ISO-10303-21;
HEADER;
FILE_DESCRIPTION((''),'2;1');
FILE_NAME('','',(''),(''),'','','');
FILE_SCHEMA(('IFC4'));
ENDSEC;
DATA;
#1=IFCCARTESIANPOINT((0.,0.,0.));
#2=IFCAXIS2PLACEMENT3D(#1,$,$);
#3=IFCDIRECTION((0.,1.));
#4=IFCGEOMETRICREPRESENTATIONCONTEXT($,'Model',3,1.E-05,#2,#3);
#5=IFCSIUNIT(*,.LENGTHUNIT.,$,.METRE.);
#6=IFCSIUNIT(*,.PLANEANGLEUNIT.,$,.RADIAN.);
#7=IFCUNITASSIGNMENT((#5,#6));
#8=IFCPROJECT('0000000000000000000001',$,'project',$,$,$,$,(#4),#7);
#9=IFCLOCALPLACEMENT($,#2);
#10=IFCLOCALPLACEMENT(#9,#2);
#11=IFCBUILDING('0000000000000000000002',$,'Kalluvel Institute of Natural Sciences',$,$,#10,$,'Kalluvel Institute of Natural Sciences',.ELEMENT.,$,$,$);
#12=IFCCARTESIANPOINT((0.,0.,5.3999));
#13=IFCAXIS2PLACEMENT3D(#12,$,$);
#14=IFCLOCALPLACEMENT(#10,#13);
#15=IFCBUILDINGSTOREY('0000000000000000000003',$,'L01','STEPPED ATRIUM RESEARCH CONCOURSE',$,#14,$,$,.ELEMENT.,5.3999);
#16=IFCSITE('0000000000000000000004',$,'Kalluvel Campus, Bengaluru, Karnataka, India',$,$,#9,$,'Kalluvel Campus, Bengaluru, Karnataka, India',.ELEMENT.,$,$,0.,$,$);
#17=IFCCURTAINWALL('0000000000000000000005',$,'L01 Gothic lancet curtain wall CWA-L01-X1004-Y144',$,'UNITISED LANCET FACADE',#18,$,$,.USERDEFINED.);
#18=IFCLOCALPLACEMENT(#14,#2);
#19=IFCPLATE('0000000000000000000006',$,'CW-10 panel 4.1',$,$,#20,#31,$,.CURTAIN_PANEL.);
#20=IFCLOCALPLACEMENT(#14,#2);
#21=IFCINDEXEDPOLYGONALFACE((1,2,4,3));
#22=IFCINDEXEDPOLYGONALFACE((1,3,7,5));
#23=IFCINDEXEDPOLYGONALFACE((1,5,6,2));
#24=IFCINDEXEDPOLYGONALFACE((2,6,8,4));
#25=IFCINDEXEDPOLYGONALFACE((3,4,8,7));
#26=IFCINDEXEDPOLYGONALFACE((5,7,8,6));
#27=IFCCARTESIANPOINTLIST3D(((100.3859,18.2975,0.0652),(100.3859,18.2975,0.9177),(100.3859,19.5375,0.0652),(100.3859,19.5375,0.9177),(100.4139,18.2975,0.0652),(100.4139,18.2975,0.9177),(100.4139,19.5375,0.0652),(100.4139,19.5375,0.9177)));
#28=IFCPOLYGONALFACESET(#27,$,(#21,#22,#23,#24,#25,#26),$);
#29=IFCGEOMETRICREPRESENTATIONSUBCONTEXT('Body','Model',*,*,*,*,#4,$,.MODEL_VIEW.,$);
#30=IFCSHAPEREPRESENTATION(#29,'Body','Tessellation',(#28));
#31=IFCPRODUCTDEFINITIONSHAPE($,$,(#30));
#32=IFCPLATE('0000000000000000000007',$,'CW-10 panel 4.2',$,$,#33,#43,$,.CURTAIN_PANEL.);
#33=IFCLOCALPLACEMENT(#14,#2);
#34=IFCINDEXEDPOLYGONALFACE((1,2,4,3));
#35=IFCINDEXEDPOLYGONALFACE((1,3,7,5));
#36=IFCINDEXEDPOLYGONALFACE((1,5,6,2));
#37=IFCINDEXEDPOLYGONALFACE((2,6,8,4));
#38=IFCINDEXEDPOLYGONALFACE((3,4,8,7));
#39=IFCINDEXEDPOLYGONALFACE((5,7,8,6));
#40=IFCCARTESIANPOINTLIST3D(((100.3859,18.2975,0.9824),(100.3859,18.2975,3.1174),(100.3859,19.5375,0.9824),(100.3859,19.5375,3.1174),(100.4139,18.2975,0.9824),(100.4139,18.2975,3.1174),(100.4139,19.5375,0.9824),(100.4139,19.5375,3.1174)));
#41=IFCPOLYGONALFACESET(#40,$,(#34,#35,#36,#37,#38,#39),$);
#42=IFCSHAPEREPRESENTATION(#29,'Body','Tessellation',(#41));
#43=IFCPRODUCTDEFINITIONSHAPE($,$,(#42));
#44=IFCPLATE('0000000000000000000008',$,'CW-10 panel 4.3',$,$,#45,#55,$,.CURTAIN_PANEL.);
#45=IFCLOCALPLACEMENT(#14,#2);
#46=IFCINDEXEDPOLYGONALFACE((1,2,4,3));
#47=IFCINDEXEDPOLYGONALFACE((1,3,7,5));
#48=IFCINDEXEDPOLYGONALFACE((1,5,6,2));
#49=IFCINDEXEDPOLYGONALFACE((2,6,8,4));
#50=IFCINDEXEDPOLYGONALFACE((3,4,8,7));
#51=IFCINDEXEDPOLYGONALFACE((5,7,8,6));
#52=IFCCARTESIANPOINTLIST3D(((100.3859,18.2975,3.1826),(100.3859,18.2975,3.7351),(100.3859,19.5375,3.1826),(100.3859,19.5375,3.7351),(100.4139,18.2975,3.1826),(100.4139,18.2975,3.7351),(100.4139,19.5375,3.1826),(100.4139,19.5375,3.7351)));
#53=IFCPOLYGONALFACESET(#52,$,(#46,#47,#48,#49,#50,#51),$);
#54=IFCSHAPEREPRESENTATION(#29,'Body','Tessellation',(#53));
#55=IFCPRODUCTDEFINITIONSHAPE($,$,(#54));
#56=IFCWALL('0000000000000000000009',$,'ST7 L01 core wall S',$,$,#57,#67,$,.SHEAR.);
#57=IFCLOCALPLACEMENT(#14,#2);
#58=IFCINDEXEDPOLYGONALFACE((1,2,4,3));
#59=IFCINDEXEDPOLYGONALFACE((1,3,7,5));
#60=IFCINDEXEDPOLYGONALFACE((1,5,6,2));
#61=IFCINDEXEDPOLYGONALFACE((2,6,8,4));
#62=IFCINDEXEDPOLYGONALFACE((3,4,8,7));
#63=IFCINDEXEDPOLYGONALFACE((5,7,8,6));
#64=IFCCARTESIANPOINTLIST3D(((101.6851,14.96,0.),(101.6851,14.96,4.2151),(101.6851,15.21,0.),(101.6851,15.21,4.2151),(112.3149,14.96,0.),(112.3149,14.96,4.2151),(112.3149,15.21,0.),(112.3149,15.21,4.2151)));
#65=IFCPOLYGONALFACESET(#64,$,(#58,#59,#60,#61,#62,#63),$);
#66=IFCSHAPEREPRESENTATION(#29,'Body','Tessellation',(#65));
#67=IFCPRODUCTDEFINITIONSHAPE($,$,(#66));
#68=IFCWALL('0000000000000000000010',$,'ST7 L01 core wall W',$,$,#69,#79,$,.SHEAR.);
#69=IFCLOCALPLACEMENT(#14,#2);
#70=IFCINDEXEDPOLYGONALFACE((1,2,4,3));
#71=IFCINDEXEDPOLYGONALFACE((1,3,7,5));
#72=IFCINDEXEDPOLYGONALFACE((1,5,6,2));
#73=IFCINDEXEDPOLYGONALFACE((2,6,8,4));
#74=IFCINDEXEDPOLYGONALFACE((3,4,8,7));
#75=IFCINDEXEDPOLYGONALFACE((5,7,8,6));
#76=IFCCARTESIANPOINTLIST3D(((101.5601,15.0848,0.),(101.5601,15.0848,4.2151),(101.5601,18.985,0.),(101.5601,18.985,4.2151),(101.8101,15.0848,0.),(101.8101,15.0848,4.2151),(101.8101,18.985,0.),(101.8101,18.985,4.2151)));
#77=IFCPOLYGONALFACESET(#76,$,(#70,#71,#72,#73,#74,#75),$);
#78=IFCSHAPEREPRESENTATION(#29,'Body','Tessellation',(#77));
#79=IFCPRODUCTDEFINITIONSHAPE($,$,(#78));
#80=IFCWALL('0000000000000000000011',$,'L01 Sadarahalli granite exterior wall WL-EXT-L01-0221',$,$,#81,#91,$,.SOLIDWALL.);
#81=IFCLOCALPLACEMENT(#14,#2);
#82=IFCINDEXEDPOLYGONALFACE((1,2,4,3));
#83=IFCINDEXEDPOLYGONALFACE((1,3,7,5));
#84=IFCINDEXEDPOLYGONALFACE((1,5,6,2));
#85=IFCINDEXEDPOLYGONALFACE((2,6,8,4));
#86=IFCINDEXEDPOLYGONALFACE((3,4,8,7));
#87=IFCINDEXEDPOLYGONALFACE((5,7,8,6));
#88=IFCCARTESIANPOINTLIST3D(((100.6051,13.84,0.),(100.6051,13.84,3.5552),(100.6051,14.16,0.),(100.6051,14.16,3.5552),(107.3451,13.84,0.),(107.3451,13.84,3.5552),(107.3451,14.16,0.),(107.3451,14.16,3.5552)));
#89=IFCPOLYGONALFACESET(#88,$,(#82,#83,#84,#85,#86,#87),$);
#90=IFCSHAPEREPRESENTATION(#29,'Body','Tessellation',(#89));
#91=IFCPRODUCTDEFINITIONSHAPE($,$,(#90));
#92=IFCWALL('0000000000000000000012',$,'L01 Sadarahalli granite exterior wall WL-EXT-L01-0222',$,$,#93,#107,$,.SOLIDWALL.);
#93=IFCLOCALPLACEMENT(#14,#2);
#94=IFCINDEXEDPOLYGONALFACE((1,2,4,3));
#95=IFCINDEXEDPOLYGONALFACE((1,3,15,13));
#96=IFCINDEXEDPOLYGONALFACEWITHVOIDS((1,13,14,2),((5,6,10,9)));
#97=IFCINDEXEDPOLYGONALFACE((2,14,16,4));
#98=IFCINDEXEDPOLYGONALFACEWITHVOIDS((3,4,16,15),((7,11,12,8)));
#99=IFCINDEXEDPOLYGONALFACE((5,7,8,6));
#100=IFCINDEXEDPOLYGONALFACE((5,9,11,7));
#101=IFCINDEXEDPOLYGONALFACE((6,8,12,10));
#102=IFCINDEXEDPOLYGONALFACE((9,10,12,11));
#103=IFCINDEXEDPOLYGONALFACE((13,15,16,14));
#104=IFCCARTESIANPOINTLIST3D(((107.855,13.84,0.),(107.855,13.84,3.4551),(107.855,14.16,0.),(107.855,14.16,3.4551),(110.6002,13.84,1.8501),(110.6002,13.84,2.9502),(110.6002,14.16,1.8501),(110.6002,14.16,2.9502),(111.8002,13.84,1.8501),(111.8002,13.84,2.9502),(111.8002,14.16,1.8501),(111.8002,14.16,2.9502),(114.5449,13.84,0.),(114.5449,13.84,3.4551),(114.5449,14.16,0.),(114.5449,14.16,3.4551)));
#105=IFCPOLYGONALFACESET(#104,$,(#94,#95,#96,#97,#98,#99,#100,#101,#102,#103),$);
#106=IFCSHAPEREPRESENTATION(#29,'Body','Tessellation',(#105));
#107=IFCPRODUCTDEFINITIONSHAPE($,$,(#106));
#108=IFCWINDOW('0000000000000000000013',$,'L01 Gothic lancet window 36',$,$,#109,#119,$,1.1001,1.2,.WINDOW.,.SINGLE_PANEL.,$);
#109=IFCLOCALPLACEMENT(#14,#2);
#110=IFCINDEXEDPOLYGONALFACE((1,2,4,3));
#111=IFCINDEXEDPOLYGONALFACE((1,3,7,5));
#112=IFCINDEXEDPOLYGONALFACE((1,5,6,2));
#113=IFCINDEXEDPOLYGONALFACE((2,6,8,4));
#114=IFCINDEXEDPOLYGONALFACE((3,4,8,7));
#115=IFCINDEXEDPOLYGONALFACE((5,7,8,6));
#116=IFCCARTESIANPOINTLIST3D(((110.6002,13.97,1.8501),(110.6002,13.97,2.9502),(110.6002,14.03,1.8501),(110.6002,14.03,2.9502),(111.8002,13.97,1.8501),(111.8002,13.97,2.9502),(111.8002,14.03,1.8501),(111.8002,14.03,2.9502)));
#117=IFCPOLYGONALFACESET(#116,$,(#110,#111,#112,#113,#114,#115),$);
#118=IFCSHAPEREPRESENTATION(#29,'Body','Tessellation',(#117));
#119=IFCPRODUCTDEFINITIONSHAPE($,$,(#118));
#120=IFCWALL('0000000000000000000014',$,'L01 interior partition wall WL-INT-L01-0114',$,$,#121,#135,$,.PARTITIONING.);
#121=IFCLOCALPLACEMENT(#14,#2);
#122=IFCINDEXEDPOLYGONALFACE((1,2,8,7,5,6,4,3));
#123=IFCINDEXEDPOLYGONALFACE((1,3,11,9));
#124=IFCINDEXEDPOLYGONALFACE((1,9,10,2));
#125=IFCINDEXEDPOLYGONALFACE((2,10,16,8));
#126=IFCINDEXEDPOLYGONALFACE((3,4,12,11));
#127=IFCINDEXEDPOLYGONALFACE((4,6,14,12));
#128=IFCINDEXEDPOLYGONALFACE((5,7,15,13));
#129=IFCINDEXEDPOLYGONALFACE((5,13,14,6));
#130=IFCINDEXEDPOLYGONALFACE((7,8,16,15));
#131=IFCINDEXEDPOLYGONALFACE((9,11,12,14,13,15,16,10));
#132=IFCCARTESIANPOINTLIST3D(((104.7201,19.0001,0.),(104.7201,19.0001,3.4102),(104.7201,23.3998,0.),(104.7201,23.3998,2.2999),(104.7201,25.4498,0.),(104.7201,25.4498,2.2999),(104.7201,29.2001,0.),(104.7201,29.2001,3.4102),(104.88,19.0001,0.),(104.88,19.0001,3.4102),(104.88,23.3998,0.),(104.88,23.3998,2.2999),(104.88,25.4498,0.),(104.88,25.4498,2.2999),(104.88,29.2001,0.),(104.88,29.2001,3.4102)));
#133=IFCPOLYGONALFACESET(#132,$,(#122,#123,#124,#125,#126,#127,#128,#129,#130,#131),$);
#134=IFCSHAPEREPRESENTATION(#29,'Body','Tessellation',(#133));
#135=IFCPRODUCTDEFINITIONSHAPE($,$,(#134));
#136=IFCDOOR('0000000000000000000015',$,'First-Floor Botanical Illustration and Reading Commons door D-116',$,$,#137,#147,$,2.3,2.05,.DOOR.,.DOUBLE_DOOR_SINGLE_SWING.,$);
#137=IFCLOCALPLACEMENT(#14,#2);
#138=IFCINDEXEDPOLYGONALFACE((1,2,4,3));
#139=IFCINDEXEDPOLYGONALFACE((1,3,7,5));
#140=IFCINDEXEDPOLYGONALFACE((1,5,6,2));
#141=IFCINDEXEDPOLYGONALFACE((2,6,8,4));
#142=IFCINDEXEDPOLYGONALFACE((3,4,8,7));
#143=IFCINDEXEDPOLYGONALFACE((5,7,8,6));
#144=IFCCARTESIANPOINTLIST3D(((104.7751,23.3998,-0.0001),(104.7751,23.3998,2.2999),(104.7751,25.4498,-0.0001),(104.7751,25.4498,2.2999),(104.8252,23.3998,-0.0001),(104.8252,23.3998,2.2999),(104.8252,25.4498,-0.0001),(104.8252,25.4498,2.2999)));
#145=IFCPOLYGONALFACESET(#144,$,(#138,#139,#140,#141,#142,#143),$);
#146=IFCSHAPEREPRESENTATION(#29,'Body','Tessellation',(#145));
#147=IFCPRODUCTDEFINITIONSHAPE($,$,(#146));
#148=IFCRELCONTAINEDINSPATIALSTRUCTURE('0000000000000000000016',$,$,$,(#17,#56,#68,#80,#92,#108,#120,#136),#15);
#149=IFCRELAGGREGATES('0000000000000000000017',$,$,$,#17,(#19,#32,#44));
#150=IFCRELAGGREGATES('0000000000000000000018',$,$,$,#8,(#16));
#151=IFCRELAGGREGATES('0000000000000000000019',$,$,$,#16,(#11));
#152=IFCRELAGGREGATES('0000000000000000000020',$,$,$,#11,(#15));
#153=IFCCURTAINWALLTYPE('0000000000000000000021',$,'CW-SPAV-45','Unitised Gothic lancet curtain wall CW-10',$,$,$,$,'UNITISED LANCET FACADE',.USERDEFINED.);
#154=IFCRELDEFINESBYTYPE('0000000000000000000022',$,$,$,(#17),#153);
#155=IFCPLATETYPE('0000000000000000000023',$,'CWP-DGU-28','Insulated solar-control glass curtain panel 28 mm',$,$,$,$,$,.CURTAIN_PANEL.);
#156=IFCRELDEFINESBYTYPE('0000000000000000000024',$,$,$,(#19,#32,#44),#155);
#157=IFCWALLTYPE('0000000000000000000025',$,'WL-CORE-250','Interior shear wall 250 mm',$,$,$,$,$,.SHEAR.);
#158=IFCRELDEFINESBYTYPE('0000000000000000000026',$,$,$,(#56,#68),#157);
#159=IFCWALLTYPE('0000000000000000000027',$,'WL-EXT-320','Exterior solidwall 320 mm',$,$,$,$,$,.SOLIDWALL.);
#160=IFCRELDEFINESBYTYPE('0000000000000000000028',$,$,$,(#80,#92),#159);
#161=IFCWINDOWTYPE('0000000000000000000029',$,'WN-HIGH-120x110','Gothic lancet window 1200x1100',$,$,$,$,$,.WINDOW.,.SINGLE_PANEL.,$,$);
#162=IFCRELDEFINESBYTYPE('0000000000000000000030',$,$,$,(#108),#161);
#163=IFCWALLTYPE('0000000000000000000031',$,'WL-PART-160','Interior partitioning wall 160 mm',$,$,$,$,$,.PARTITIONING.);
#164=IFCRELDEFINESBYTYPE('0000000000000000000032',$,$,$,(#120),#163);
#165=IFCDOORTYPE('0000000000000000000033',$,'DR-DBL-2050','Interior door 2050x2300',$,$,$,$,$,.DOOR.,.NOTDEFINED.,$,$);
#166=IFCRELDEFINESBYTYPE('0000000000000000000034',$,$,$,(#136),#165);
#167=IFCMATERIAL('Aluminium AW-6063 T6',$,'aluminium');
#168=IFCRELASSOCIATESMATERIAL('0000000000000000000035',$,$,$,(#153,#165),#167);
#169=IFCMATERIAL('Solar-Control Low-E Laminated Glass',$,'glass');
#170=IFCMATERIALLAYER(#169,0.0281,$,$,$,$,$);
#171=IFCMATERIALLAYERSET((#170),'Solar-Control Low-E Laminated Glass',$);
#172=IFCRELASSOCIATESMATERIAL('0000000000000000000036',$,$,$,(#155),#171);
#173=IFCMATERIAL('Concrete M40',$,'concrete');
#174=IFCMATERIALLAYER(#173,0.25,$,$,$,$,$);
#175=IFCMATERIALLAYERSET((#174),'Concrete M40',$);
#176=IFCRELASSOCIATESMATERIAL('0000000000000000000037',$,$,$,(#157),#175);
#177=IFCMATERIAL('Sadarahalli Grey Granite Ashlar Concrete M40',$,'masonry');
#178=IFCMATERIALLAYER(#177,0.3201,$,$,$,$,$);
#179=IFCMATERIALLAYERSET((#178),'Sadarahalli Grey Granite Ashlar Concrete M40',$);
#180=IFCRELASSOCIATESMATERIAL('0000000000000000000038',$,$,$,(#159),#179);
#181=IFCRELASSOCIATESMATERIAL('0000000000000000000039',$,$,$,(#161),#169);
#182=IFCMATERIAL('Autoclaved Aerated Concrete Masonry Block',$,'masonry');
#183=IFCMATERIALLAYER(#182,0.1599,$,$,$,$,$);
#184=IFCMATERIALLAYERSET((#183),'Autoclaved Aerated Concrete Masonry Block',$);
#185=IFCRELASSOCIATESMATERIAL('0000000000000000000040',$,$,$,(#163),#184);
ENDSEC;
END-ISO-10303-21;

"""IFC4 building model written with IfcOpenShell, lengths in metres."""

from ifc_helpers import new_model, si_unit, direction, frame, frame_2d, origin, origin_2d, place, context, subcontext, project, spatial, rectangle, extrude, material, layer, layer_set, type_object, element, fill, aggregate, save


model = new_model("IFC4")

# Units and contexts
model_context = context("Model", 3, precision=1e-05, world=origin(), true_north=direction((0.0, 1.0)))
body_context = subcontext(model_context, "Body", "Model", "MODEL_VIEW")
ifc_project = project(units=[si_unit("LENGTHUNIT", "METRE"), si_unit("PLANEANGLEUNIT", "RADIAN")], contexts=[model_context])

# Site, building, storey
site_placement = place(None, origin())
site = spatial("IfcSite", under=ifc_project, at=site_placement, Name="Kalluvel Campus, Bengaluru, Karnataka, India", LongName="Kalluvel Campus, Bengaluru, Karnataka, India", CompositionType="ELEMENT", RefElevation=0.0)
building_placement = place(site_placement, origin())
building = spatial("IfcBuilding", under=site, at=building_placement, Name="Kalluvel Institute of Natural Sciences", LongName="Kalluvel Institute of Natural Sciences", CompositionType="ELEMENT")
storey_placement = place(building_placement, frame((0.0, 0.0, 5.3999)))
storey = spatial("IfcBuildingStorey", under=building, at=storey_placement, Name="L01", Description="STEPPED ATRIUM RESEARCH CONCOURSE", CompositionType="ELEMENT", Elevation=5.3999)

# Shared definitions
ifc_material_1 = material(Name="Concrete M40", Category="concrete")

# Curtain wall
ifc_material_2 = material(Name="Aluminium AW-6063 T6", Category="aluminium")
curtain_wall_type = type_object("IfcCurtainWallType", Name="CW-SPAV-45", Description="Unitised Gothic lancet curtain wall CW-10", ElementType="UNITISED LANCET FACADE", PredefinedType="USERDEFINED", material=ifc_material_2)
curtain_wall_placement = place(storey_placement, origin())
curtain_wall = element("IfcCurtainWall", 1, at=curtain_wall_placement, inside=storey, type_object=curtain_wall_type, Name="L01 Gothic lancet curtain wall CWA-L01-X1004-Y144", ObjectType="UNITISED LANCET FACADE", PredefinedType="USERDEFINED")

# Plates
ifc_material_3 = material(Name="Solar-Control Low-E Laminated Glass", Category="glass")
ifc_layer_1 = layer(ifc_material_3, 0.0281)
ifc_layer_set_1 = layer_set([ifc_layer_1], Name="Solar-Control Low-E Laminated Glass")
plate_type = type_object("IfcPlateType", Name="CWP-DGU-28", Description="Insulated solar-control glass curtain panel 28 mm", PredefinedType="CURTAIN_PANEL", material=ifc_layer_set_1)
plate_1_placement = place(storey_placement, frame((100.3999, 18.9175, 0.0652), z_axis=(0.0, 0.0, 1.0), x_axis=(0.0, 1.0, 0.0)))
plate_1 = element("IfcPlate", 2, at=plate_1_placement, type_object=plate_type, Name="CW-10 panel 4.1", PredefinedType="CURTAIN_PANEL", context=body_context, shape_type="SweptSolid", body=[
    extrude(rectangle(XDim=1.24, YDim=0.0281, at=origin_2d()), origin(), (0.0, 0.0, 1.0), 0.8525),
])
plate_2_placement = place(storey_placement, frame((100.3999, 18.9175, 0.9824), z_axis=(0.0, 0.0, 1.0), x_axis=(0.0, 1.0, 0.0)))
plate_2 = element("IfcPlate", 3, at=plate_2_placement, type_object=plate_type, Name="CW-10 panel 4.2", PredefinedType="CURTAIN_PANEL", context=body_context, shape_type="SweptSolid", body=[
    extrude(rectangle(XDim=1.24, YDim=0.0281, at=origin_2d()), origin(), (0.0, 0.0, 1.0), 2.135),
])
plate_3_placement = place(storey_placement, frame((100.3999, 18.9175, 3.1826), z_axis=(0.0, 0.0, 1.0), x_axis=(0.0, 1.0, 0.0)))
plate_3 = element("IfcPlate", 4, at=plate_3_placement, type_object=plate_type, Name="CW-10 panel 4.3", PredefinedType="CURTAIN_PANEL", context=body_context, shape_type="SweptSolid", body=[
    extrude(rectangle(XDim=1.24, YDim=0.0281, at=origin_2d()), origin(), (0.0, 0.0, 1.0), 0.5525),
])
aggregate(curtain_wall, [plate_1, plate_2, plate_3])

# Walls
ifc_layer_2 = layer(ifc_material_1, 0.25)
ifc_layer_set_2 = layer_set([ifc_layer_2], Name="Concrete M40")
wall_type_1 = type_object("IfcWallType", Name="WL-CORE-250", Description="Interior shear wall 250 mm", PredefinedType="SHEAR", material=ifc_layer_set_2)
wall_1_placement = place(storey_placement, frame((101.6851, 15.085, 0.0), z_axis=(0.0, 0.0, 1.0), x_axis=(1.0, 0.0, 0.0)))
element("IfcWall", 5, at=wall_1_placement, inside=storey, type_object=wall_type_1, Name="ST7 L01 core wall S", PredefinedType="SHEAR", context=body_context, shape_type="SweptSolid", body=[
    extrude(rectangle(XDim=10.6299, YDim=0.25, at=frame_2d((5.3149, 0.0))), origin(), (0.0, 0.0, 1.0), 4.2151),
])
wall_2_placement = place(storey_placement, frame((101.6851, 18.9851, 0.0), z_axis=(0.0, 0.0, 1.0), x_axis=(0.0, -1.0, 0.0)))
element("IfcWall", 6, at=wall_2_placement, inside=storey, type_object=wall_type_1, Name="ST7 L01 core wall W", PredefinedType="SHEAR", context=body_context, shape_type="SweptSolid", body=[
    extrude(rectangle(XDim=3.9001, YDim=0.25, at=frame_2d((1.9502, 0.0))), origin(), (0.0, 0.0, 1.0), 4.2151),
])
ifc_material_4 = material(Name="Sadarahalli Grey Granite Ashlar Concrete M40", Category="masonry")
ifc_layer_3 = layer(ifc_material_4, 0.3201)
ifc_layer_set_3 = layer_set([ifc_layer_3], Name="Sadarahalli Grey Granite Ashlar Concrete M40")
wall_type_2 = type_object("IfcWallType", Name="WL-EXT-320", Description="Exterior solidwall 320 mm", PredefinedType="SOLIDWALL", material=ifc_layer_set_3)
wall_3_placement = place(storey_placement, frame((100.605, 14.0, 0.0), z_axis=(0.0, 0.0, 1.0), x_axis=(1.0, 0.0, 0.0)))
element("IfcWall", 7, at=wall_3_placement, inside=storey, type_object=wall_type_2, Name="L01 Sadarahalli granite exterior wall WL-EXT-L01-0221", PredefinedType="SOLIDWALL", context=body_context, shape_type="SweptSolid", body=[
    extrude(rectangle(XDim=6.74, YDim=0.3201, at=frame_2d((3.3701, 0.0))), origin(), (0.0, 0.0, 1.0), 3.5552),
])

# Wall, opening, window
wall_4_placement = place(storey_placement, frame((107.855, 14.0, 0.0), z_axis=(0.0, 0.0, 1.0), x_axis=(1.0, 0.0, 0.0)))
wall_4 = element("IfcWall", 8, at=wall_4_placement, inside=storey, type_object=wall_type_2, Name="L01 Sadarahalli granite exterior wall WL-EXT-L01-0222", PredefinedType="SOLIDWALL", context=body_context, shape_type="SweptSolid", body=[
    extrude(rectangle(XDim=6.6899, YDim=0.3201, at=frame_2d((3.345, 0.0))), origin(), (0.0, 0.0, 1.0), 3.4551),
])
opening_1_placement = place(wall_4_placement, frame((2.7451, 0.0, 1.8501)))
opening_1 = element("IfcOpeningElement", 9, at=opening_1_placement, cuts=wall_4, PredefinedType="OPENING", context=body_context, shape_type="SweptSolid", body=[
    extrude(rectangle(XDim=1.2, YDim=1.1001, at=frame_2d((0.6001, 0.55))), frame((0.0, 0.1699, 0.0), z_axis=(0.0, -1.0, 0.0), x_axis=(1.0, 0.0, 0.0)), (0.0, 0.0, 1.0), 0.3401),
])
window_type = type_object("IfcWindowType", Name="WN-HIGH-120x110", Description="Gothic lancet window 1200x1100", PartitioningType="SINGLE_PANEL", PredefinedType="WINDOW", material=ifc_material_3)
window_placement = place(opening_1_placement, origin())
window = element("IfcWindow", 10, at=window_placement, inside=storey, type_object=window_type, Name="L01 Gothic lancet window 36", OverallHeight=1.1001, OverallWidth=1.2, PartitioningType="SINGLE_PANEL", PredefinedType="WINDOW", context=body_context, shape_type="SweptSolid", body=[
    extrude(rectangle(XDim=1.2, YDim=1.1001, at=frame_2d((0.6001, 0.55))), frame((0.0, 0.03, 0.0), z_axis=(0.0, -1.0, 0.0), x_axis=(1.0, 0.0, 0.0)), (0.0, 0.0, 1.0), 0.0601),
])
fill(opening_1, window)

# Wall, opening, door
ifc_material_5 = material(Name="Autoclaved Aerated Concrete Masonry Block", Category="masonry")
ifc_layer_4 = layer(ifc_material_5, 0.1599)
ifc_layer_set_4 = layer_set([ifc_layer_4], Name="Autoclaved Aerated Concrete Masonry Block")
wall_type_3 = type_object("IfcWallType", Name="WL-PART-160", Description="Interior partitioning wall 160 mm", PredefinedType="PARTITIONING", material=ifc_layer_set_4)
wall_5_placement = place(storey_placement, frame((104.8, 19.0, 0.0), z_axis=(0.0, 0.0, 1.0), x_axis=(0.0, 1.0, 0.0)))
wall_5 = element("IfcWall", 11, at=wall_5_placement, inside=storey, type_object=wall_type_3, Name="L01 interior partition wall WL-INT-L01-0114", PredefinedType="PARTITIONING", context=body_context, shape_type="SweptSolid", body=[
    extrude(rectangle(XDim=10.2, YDim=0.1599, at=frame_2d((5.1001, 0.0))), origin(), (0.0, 0.0, 1.0), 3.4102),
])
opening_2_placement = place(wall_5_placement, frame((4.3999, 0.0, 0.0)))
opening_2 = element("IfcOpeningElement", 12, at=opening_2_placement, cuts=wall_5, PredefinedType="OPENING", context=body_context, shape_type="SweptSolid", body=[
    extrude(rectangle(XDim=2.05, YDim=2.3, at=frame_2d((1.0249, 1.1499))), frame((0.0, 0.0898, 0.0), z_axis=(0.0, -1.0, 0.0), x_axis=(1.0, 0.0, 0.0)), (0.0, 0.0, 1.0), 0.1799),
])
door_type = type_object("IfcDoorType", Name="DR-DBL-2050", Description="Interior door 2050x2300", OperationType="NOTDEFINED", PredefinedType="DOOR", material=ifc_material_2)
door_placement = place(opening_2_placement, origin())
door = element("IfcDoor", 13, at=door_placement, inside=storey, type_object=door_type, Name="First-Floor Botanical Illustration and Reading Commons door D-116", OperationType="DOUBLE_DOOR_SINGLE_SWING", OverallHeight=2.3, OverallWidth=2.05, PredefinedType="DOOR", context=body_context, shape_type="SweptSolid", body=[
    extrude(rectangle(XDim=2.05, YDim=2.3, at=frame_2d((1.0249, 1.1499))), frame((0.0, 0.0249, 0.0), z_axis=(0.0, -1.0, 0.0), x_axis=(1.0, 0.0, 0.0)), (0.0, 0.0, 1.0), 0.05),
])
fill(opening_2, door)

save(model, "model.ifc")
